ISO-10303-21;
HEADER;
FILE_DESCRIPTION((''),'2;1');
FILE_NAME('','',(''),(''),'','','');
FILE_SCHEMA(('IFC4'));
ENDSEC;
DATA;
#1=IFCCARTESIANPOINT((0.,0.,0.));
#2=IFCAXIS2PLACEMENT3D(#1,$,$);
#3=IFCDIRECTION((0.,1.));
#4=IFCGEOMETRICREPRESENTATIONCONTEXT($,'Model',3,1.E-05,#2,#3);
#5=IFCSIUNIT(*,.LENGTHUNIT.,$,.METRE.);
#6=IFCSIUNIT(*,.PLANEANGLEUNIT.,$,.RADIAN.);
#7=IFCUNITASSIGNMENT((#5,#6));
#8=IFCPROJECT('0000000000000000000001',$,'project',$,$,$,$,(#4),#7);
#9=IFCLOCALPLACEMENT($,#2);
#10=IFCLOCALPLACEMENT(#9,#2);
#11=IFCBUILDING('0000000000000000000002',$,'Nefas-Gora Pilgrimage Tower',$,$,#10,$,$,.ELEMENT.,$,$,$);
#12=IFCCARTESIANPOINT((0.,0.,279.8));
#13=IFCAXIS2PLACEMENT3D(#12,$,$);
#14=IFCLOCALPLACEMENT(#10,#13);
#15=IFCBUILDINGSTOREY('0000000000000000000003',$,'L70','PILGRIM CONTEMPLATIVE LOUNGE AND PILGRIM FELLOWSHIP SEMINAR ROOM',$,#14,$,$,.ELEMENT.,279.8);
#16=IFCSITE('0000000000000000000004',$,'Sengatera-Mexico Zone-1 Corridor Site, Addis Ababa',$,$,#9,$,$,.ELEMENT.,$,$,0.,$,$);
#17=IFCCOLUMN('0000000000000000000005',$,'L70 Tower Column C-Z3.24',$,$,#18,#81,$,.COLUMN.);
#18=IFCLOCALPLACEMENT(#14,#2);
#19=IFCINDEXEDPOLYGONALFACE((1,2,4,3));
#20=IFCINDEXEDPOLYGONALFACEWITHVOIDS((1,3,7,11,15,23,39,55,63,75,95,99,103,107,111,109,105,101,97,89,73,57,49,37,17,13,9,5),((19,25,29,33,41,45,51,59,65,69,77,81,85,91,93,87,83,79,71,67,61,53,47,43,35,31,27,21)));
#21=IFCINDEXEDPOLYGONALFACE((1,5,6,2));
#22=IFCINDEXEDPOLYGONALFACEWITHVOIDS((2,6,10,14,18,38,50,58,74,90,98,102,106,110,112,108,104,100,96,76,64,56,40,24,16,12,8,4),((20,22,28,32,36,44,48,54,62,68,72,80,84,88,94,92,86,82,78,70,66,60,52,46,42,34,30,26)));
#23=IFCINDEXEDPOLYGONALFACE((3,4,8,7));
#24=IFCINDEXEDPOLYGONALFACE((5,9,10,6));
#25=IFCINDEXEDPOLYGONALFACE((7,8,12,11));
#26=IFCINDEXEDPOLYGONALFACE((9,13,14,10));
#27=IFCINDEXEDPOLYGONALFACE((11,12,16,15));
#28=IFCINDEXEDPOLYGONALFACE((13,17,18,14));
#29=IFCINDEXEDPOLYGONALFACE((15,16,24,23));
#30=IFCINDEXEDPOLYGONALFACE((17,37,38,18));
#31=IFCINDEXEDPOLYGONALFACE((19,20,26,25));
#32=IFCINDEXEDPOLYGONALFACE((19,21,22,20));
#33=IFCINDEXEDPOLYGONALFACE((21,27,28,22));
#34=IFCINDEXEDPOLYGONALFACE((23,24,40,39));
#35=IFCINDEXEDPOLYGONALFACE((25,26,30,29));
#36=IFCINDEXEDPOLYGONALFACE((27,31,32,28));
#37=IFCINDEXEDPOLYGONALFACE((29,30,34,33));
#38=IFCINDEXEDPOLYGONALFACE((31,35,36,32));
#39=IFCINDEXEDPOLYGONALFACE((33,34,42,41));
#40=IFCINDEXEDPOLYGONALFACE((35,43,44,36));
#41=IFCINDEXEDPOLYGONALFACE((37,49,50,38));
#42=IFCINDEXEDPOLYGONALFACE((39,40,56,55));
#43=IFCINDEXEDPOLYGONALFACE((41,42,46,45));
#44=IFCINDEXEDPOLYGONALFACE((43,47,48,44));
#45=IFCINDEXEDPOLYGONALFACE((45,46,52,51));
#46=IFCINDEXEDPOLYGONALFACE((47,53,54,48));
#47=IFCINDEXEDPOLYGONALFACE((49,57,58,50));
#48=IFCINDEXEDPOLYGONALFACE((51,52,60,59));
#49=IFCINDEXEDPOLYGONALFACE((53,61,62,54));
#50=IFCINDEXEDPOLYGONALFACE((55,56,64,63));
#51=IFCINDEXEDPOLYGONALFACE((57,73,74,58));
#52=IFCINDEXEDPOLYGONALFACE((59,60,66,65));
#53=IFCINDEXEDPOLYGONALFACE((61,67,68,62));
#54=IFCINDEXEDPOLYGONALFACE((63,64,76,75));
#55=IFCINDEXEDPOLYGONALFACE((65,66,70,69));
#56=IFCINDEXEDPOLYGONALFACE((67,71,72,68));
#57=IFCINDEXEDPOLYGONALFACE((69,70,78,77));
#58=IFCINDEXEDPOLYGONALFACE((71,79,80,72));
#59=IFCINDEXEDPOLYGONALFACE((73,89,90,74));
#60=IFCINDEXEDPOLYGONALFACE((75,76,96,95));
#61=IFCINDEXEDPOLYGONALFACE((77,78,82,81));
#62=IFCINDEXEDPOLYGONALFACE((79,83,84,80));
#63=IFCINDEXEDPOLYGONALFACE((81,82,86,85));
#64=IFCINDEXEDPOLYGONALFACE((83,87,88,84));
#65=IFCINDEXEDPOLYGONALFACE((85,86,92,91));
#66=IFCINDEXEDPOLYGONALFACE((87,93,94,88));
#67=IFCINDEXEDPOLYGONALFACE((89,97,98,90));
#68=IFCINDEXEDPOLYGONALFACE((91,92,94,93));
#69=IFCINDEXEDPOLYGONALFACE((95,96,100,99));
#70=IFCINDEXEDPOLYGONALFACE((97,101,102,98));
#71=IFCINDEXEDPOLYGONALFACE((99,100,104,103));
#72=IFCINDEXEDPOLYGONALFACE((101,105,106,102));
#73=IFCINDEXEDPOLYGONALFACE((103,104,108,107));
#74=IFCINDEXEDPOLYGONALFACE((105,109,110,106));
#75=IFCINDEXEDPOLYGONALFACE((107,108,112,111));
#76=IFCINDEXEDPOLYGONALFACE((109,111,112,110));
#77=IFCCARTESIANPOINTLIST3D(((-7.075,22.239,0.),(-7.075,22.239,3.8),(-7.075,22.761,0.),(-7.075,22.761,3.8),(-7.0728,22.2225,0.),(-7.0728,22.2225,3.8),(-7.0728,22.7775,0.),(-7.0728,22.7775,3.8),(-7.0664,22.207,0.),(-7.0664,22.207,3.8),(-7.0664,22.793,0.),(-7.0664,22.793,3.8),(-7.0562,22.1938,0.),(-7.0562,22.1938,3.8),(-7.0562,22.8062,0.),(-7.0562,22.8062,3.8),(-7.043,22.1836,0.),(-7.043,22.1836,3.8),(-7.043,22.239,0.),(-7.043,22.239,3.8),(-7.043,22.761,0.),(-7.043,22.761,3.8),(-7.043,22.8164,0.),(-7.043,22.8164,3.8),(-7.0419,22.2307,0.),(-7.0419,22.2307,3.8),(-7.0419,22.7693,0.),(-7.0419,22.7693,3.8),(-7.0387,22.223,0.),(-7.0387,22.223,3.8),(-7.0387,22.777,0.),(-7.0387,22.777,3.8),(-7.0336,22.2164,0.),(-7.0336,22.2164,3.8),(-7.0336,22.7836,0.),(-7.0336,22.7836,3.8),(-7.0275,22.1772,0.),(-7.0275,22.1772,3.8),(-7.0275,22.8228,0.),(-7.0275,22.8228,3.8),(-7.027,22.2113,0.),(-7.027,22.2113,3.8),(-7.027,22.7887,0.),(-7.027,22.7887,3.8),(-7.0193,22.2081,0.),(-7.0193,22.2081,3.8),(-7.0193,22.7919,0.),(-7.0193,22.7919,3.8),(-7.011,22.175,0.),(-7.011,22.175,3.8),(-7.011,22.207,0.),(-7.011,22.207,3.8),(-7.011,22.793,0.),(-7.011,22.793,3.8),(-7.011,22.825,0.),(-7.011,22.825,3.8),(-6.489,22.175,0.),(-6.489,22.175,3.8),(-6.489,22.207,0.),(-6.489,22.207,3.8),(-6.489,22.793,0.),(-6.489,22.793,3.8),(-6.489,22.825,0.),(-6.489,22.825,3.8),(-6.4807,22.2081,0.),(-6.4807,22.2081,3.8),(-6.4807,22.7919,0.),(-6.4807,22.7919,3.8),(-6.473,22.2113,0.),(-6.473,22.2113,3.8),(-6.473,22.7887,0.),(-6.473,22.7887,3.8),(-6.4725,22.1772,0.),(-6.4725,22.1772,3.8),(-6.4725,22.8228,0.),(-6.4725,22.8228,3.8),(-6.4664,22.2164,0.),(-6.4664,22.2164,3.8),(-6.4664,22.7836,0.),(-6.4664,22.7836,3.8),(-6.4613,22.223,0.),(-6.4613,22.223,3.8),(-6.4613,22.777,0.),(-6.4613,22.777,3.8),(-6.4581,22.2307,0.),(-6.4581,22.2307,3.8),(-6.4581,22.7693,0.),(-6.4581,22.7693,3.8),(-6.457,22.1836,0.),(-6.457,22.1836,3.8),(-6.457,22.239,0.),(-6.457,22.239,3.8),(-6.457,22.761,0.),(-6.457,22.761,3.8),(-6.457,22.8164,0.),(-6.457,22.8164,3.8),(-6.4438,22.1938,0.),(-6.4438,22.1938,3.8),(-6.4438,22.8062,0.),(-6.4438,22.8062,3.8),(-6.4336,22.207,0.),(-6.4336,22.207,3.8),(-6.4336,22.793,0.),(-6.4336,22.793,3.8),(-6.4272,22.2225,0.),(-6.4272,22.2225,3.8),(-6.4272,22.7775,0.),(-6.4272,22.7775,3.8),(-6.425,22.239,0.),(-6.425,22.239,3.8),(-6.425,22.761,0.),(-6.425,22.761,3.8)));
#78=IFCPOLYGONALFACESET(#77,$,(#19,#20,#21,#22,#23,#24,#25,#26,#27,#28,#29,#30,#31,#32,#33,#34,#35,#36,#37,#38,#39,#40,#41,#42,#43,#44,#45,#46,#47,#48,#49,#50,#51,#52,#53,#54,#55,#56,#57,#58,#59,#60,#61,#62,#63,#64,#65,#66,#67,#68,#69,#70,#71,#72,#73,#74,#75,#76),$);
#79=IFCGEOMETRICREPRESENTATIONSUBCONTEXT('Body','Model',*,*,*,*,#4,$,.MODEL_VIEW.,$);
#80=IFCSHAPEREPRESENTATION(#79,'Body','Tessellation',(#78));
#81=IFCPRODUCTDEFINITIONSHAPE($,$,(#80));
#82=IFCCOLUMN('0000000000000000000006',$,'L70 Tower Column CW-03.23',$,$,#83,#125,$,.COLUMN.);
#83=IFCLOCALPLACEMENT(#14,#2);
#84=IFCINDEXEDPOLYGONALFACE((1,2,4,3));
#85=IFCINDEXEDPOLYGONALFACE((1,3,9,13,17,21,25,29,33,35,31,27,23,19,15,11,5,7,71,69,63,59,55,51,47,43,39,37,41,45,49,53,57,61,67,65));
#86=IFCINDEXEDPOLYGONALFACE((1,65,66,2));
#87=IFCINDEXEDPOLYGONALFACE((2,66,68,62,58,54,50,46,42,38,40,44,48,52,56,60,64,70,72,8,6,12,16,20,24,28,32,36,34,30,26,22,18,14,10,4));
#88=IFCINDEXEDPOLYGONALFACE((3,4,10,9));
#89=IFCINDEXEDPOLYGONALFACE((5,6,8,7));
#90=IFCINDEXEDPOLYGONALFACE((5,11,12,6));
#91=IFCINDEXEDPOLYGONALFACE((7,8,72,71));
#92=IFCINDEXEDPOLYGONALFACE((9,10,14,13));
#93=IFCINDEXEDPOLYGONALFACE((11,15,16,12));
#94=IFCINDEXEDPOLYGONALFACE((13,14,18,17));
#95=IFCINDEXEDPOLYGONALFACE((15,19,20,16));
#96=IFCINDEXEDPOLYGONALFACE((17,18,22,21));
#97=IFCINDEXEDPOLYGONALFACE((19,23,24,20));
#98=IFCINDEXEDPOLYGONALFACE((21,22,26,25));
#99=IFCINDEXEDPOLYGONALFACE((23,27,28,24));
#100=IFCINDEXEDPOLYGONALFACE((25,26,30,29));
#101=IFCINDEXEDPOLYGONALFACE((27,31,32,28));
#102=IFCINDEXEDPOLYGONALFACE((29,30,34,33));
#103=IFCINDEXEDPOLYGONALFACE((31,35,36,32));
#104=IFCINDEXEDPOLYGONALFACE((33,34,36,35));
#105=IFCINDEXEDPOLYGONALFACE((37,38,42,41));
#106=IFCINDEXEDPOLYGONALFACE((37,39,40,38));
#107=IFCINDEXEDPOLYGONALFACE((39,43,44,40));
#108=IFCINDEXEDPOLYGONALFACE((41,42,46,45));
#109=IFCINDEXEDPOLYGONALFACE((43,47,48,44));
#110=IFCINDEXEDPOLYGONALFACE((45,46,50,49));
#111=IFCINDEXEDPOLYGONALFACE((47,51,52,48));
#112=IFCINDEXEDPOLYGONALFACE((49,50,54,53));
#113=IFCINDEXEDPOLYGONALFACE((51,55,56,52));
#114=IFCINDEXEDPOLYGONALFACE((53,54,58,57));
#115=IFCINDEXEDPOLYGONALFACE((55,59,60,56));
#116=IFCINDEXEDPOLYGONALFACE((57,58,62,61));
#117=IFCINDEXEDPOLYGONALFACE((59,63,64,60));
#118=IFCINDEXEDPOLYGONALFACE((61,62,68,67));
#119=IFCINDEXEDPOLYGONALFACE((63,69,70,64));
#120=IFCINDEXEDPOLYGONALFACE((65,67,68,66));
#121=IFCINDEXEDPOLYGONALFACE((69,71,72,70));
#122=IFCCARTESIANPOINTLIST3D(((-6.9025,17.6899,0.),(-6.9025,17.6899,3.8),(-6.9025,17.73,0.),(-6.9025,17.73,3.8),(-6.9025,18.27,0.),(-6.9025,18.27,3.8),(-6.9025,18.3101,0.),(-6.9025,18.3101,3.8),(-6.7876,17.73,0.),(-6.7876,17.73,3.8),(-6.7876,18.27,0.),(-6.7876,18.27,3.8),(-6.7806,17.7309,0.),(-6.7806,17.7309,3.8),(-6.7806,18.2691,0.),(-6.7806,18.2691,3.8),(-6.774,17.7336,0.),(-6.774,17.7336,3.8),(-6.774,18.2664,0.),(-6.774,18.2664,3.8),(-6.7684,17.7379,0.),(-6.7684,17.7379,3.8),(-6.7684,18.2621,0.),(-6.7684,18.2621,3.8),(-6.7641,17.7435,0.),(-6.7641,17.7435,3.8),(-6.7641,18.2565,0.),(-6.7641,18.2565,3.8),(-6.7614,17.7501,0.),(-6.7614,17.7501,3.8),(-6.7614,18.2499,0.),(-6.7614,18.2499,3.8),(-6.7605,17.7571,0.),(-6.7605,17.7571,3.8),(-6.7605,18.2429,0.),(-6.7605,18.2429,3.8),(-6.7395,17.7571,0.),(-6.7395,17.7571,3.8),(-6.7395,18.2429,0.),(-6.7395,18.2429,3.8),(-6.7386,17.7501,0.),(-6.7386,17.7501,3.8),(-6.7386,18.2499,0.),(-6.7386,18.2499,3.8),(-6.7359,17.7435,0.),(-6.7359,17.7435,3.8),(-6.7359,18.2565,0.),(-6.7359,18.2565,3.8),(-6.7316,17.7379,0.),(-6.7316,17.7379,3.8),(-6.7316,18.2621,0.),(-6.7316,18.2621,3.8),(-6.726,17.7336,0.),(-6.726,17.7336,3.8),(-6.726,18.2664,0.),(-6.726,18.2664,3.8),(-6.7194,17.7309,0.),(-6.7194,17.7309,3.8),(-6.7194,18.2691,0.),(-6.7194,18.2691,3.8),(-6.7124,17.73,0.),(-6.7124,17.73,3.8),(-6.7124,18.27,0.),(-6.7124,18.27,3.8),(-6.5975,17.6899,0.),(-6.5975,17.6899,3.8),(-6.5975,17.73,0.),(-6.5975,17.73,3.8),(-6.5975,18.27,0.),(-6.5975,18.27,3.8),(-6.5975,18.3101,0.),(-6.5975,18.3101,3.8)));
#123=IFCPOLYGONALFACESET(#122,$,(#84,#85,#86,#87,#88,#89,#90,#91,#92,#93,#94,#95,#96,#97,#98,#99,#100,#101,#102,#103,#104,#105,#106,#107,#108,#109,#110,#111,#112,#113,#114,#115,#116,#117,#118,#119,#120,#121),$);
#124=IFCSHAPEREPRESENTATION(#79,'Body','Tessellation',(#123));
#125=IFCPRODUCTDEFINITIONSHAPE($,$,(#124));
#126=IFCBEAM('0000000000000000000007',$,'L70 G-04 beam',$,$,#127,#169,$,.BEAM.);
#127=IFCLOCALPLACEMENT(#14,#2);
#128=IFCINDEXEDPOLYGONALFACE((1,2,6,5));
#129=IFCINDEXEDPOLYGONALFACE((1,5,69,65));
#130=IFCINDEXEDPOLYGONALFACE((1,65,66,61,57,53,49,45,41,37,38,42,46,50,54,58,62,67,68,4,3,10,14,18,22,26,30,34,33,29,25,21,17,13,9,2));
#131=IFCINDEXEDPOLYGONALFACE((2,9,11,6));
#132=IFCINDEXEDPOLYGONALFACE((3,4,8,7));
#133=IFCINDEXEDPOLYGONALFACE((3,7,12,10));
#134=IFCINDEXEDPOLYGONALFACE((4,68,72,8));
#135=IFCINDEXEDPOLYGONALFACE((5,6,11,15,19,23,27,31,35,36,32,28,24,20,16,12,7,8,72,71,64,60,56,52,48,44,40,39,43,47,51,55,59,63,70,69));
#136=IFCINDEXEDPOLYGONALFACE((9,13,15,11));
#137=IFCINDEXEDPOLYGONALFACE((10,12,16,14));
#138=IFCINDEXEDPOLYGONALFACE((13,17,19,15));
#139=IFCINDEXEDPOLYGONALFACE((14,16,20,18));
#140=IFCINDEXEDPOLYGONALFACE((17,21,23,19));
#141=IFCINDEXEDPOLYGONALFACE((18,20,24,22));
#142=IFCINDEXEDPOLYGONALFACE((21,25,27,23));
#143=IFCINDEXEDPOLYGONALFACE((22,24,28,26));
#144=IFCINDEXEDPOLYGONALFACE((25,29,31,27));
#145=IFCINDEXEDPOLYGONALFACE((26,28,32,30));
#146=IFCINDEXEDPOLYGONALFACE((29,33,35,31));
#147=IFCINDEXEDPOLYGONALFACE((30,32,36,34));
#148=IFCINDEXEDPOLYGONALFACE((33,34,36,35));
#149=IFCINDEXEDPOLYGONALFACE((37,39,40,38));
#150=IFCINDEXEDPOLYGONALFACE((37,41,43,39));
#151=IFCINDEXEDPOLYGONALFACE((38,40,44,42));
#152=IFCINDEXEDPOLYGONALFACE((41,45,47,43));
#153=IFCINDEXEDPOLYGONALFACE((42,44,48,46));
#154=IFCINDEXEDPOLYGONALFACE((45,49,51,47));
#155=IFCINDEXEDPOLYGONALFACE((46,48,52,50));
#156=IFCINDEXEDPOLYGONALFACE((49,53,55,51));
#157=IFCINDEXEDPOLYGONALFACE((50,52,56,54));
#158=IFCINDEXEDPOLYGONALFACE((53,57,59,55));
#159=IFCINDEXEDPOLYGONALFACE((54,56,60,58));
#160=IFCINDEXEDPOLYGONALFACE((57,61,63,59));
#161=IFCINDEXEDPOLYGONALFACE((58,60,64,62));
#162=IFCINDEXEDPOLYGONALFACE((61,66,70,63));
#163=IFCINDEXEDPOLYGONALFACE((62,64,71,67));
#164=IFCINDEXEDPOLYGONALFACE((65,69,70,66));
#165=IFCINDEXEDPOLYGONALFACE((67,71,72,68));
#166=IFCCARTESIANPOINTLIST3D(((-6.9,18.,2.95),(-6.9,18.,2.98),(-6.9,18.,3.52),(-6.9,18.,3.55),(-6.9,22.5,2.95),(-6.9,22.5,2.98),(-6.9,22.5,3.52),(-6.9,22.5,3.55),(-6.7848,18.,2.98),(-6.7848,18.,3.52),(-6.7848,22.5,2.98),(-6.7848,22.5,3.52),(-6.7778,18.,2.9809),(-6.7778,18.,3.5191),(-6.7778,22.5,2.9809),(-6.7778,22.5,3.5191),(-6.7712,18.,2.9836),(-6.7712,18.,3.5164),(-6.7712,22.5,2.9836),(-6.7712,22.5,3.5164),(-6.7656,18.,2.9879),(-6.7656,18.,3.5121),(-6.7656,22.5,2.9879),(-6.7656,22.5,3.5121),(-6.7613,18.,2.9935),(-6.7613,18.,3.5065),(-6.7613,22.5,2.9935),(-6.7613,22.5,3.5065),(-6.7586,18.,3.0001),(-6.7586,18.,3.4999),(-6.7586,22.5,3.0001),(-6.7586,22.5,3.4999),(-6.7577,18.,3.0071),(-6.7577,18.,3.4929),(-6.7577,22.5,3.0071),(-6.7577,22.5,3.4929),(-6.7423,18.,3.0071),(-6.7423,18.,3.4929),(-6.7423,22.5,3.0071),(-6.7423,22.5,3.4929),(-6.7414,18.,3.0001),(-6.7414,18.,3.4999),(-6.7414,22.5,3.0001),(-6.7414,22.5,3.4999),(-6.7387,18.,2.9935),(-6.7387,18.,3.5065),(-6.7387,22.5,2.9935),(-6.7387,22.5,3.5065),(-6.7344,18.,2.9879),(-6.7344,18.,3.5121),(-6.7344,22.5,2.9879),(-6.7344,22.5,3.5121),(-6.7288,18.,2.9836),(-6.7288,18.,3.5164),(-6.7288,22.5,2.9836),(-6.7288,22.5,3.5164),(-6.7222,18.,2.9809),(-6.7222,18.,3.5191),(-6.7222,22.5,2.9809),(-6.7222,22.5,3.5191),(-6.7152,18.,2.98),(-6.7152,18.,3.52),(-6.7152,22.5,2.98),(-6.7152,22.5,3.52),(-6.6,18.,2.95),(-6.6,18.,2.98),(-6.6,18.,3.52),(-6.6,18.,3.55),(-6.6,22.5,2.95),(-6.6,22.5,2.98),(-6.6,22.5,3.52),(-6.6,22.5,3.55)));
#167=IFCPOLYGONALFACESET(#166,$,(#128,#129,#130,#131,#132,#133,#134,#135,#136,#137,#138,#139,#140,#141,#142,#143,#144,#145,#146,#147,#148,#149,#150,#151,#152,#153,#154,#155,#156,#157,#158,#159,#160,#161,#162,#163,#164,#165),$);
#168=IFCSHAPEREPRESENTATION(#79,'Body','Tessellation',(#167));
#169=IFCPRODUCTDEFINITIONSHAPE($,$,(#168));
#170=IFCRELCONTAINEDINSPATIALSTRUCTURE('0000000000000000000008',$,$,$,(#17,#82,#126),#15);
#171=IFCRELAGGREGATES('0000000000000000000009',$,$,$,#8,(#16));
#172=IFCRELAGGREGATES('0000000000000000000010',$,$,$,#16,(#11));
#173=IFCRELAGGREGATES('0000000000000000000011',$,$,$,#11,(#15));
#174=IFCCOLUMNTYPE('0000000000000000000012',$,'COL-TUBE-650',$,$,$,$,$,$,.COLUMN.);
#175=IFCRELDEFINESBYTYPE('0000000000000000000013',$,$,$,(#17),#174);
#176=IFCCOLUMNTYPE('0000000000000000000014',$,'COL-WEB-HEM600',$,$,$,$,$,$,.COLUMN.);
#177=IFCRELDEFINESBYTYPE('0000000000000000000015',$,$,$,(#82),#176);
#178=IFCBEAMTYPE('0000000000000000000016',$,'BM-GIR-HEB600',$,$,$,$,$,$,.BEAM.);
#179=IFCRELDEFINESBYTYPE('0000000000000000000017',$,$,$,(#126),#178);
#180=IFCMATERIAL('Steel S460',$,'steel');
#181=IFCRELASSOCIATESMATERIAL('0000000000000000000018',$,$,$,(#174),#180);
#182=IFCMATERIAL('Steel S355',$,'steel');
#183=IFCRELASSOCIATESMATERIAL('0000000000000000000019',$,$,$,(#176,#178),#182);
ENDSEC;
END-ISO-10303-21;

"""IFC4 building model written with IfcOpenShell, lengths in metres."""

from ifc_helpers import new_model, si_unit, direction, frame, origin, origin_2d, place, context, subcontext, project, spatial, hollow_rectangle, i_section, extrude, source, transform, mapped, material, material_profile, profile_set, type_object, element, save


model = new_model("IFC4")

# Units and contexts
model_context = context("Model", 3, precision=1e-05, world=origin(), true_north=direction((0.0, 1.0)))
body_context = subcontext(model_context, "Body", "Model", "MODEL_VIEW")
ifc_project = project(units=[si_unit("LENGTHUNIT", "METRE"), si_unit("PLANEANGLEUNIT", "RADIAN")], contexts=[model_context])

# Site, building, storey
site_placement = place(None, origin())
site = spatial("IfcSite", under=ifc_project, at=site_placement, Name="Sengatera-Mexico Zone-1 Corridor Site, Addis Ababa", CompositionType="ELEMENT", RefElevation=0.0)
building_placement = place(site_placement, origin())
building = spatial("IfcBuilding", under=site, at=building_placement, Name="Nefas-Gora Pilgrimage Tower", CompositionType="ELEMENT")
storey_placement = place(building_placement, frame((0.0, 0.0, 279.8)))
storey = spatial("IfcBuildingStorey", under=building, at=storey_placement, Name="L70", Description="PILGRIM CONTEMPLATIVE LOUNGE AND PILGRIM FELLOWSHIP SEMINAR ROOM", CompositionType="ELEMENT", Elevation=279.8)

# Columns
ifc_material_1 = material(Name="Steel S460", Category="steel")
ifc_material_profile_1 = material_profile(ifc_material_1, hollow_rectangle(XDim=0.6499, YDim=0.6499, WallThickness=0.032, InnerFilletRadius=0.032, OuterFilletRadius=0.064, at=origin_2d()), Name="BOX 650x650x32")
ifc_profile_set_1 = profile_set([ifc_material_profile_1], Name="Steel S460")
column_type_1 = type_object("IfcColumnType", Name="COL-TUBE-650", PredefinedType="COLUMN", material=ifc_profile_set_1)
shared_shape_1 = source(origin(), body_context, "Body", "SweptSolid", [
    extrude(hollow_rectangle(XDim=0.6499, YDim=0.6499, WallThickness=0.032, InnerFilletRadius=0.032, OuterFilletRadius=0.064, at=origin_2d()), origin(), (0.0, 0.0, 1.0), 3.8),
])
column_1_placement = place(storey_placement, frame((-6.75, 22.5, 0.0), z_axis=(0.0, 0.0, 1.0), x_axis=(1.0, 0.0, 0.0)))
element("IfcColumn", 1, at=column_1_placement, inside=storey, type_object=column_type_1, Name="L70 Tower Column C-Z3.24", PredefinedType="COLUMN", context=body_context, shape_type="MappedRepresentation", body=[
    mapped(shared_shape_1, transform((0.0, 0.0, 0.0), x_axis=(1.0, 0.0, 0.0), y_axis=(0.0, 1.0, 0.0), z_axis=(0.0, 0.0, 1.0), scale=1.0)),
])
ifc_material_2 = material(Name="Steel S355", Category="steel")
ifc_material_profile_2 = material_profile(ifc_material_2, i_section(OverallWidth=0.3049, OverallDepth=0.6201, WebThickness=0.021, FlangeThickness=0.04, FilletRadius=0.0271, at=origin_2d()), Name="HEM 600")
ifc_profile_set_2 = profile_set([ifc_material_profile_2], Name="Steel S355")
column_type_2 = type_object("IfcColumnType", Name="COL-WEB-HEM600", PredefinedType="COLUMN", material=ifc_profile_set_2)
shared_shape_2 = source(origin(), body_context, "Body", "SweptSolid", [
    extrude(i_section(OverallWidth=0.3049, OverallDepth=0.6201, WebThickness=0.021, FlangeThickness=0.04, FilletRadius=0.0271, at=origin_2d()), origin(), (0.0, 0.0, 1.0), 3.8),
])
column_2_placement = place(storey_placement, frame((-6.75, 18.0, 0.0), z_axis=(0.0, 0.0, 1.0), x_axis=(1.0, 0.0, 0.0)))
element("IfcColumn", 2, at=column_2_placement, inside=storey, type_object=column_type_2, Name="L70 Tower Column CW-03.23", PredefinedType="COLUMN", context=body_context, shape_type="MappedRepresentation", body=[
    mapped(shared_shape_2, transform((0.0, 0.0, 0.0), x_axis=(1.0, 0.0, 0.0), y_axis=(0.0, 1.0, 0.0), z_axis=(0.0, 0.0, 1.0), scale=1.0)),
])

# Beam
ifc_material_profile_3 = material_profile(ifc_material_2, i_section(OverallWidth=0.3, OverallDepth=0.6001, WebThickness=0.0154, FlangeThickness=0.03, FilletRadius=0.0271, at=origin_2d()), Name="HEB 600")
ifc_profile_set_3 = profile_set([ifc_material_profile_3], Name="Steel S355")
beam_type = type_object("IfcBeamType", Name="BM-GIR-HEB600", PredefinedType="BEAM", material=ifc_profile_set_3)
shared_shape_3 = source(origin(), body_context, "Body", "SweptSolid", [
    extrude(i_section(OverallWidth=0.3, OverallDepth=0.6001, WebThickness=0.0154, FlangeThickness=0.03, FilletRadius=0.0271, at=origin_2d()), origin(), (0.0, 0.0, 1.0), 4.5),
])
for number, where, z_axis, x_axis, name in (
    (3, (-6.75, 18.0, 3.25), (0.0, 1.0, 0.0), (-1.0, 0.0, 0.0), "L70 G-04 beam"),
):
    element("IfcBeam", number, at=place(storey_placement, frame(where, z_axis=z_axis, x_axis=x_axis)), inside=storey, type_object=beam_type, Name=name, PredefinedType="BEAM", context=body_context, shape_type="MappedRepresentation", body=[
        mapped(shared_shape_3, transform((0.0, 0.0, 0.0), x_axis=(1.0, 0.0, 0.0), y_axis=(0.0, 1.0, 0.0), z_axis=(0.0, 0.0, 1.0), scale=1.0)),
    ])

save(model, "model.ifc")
